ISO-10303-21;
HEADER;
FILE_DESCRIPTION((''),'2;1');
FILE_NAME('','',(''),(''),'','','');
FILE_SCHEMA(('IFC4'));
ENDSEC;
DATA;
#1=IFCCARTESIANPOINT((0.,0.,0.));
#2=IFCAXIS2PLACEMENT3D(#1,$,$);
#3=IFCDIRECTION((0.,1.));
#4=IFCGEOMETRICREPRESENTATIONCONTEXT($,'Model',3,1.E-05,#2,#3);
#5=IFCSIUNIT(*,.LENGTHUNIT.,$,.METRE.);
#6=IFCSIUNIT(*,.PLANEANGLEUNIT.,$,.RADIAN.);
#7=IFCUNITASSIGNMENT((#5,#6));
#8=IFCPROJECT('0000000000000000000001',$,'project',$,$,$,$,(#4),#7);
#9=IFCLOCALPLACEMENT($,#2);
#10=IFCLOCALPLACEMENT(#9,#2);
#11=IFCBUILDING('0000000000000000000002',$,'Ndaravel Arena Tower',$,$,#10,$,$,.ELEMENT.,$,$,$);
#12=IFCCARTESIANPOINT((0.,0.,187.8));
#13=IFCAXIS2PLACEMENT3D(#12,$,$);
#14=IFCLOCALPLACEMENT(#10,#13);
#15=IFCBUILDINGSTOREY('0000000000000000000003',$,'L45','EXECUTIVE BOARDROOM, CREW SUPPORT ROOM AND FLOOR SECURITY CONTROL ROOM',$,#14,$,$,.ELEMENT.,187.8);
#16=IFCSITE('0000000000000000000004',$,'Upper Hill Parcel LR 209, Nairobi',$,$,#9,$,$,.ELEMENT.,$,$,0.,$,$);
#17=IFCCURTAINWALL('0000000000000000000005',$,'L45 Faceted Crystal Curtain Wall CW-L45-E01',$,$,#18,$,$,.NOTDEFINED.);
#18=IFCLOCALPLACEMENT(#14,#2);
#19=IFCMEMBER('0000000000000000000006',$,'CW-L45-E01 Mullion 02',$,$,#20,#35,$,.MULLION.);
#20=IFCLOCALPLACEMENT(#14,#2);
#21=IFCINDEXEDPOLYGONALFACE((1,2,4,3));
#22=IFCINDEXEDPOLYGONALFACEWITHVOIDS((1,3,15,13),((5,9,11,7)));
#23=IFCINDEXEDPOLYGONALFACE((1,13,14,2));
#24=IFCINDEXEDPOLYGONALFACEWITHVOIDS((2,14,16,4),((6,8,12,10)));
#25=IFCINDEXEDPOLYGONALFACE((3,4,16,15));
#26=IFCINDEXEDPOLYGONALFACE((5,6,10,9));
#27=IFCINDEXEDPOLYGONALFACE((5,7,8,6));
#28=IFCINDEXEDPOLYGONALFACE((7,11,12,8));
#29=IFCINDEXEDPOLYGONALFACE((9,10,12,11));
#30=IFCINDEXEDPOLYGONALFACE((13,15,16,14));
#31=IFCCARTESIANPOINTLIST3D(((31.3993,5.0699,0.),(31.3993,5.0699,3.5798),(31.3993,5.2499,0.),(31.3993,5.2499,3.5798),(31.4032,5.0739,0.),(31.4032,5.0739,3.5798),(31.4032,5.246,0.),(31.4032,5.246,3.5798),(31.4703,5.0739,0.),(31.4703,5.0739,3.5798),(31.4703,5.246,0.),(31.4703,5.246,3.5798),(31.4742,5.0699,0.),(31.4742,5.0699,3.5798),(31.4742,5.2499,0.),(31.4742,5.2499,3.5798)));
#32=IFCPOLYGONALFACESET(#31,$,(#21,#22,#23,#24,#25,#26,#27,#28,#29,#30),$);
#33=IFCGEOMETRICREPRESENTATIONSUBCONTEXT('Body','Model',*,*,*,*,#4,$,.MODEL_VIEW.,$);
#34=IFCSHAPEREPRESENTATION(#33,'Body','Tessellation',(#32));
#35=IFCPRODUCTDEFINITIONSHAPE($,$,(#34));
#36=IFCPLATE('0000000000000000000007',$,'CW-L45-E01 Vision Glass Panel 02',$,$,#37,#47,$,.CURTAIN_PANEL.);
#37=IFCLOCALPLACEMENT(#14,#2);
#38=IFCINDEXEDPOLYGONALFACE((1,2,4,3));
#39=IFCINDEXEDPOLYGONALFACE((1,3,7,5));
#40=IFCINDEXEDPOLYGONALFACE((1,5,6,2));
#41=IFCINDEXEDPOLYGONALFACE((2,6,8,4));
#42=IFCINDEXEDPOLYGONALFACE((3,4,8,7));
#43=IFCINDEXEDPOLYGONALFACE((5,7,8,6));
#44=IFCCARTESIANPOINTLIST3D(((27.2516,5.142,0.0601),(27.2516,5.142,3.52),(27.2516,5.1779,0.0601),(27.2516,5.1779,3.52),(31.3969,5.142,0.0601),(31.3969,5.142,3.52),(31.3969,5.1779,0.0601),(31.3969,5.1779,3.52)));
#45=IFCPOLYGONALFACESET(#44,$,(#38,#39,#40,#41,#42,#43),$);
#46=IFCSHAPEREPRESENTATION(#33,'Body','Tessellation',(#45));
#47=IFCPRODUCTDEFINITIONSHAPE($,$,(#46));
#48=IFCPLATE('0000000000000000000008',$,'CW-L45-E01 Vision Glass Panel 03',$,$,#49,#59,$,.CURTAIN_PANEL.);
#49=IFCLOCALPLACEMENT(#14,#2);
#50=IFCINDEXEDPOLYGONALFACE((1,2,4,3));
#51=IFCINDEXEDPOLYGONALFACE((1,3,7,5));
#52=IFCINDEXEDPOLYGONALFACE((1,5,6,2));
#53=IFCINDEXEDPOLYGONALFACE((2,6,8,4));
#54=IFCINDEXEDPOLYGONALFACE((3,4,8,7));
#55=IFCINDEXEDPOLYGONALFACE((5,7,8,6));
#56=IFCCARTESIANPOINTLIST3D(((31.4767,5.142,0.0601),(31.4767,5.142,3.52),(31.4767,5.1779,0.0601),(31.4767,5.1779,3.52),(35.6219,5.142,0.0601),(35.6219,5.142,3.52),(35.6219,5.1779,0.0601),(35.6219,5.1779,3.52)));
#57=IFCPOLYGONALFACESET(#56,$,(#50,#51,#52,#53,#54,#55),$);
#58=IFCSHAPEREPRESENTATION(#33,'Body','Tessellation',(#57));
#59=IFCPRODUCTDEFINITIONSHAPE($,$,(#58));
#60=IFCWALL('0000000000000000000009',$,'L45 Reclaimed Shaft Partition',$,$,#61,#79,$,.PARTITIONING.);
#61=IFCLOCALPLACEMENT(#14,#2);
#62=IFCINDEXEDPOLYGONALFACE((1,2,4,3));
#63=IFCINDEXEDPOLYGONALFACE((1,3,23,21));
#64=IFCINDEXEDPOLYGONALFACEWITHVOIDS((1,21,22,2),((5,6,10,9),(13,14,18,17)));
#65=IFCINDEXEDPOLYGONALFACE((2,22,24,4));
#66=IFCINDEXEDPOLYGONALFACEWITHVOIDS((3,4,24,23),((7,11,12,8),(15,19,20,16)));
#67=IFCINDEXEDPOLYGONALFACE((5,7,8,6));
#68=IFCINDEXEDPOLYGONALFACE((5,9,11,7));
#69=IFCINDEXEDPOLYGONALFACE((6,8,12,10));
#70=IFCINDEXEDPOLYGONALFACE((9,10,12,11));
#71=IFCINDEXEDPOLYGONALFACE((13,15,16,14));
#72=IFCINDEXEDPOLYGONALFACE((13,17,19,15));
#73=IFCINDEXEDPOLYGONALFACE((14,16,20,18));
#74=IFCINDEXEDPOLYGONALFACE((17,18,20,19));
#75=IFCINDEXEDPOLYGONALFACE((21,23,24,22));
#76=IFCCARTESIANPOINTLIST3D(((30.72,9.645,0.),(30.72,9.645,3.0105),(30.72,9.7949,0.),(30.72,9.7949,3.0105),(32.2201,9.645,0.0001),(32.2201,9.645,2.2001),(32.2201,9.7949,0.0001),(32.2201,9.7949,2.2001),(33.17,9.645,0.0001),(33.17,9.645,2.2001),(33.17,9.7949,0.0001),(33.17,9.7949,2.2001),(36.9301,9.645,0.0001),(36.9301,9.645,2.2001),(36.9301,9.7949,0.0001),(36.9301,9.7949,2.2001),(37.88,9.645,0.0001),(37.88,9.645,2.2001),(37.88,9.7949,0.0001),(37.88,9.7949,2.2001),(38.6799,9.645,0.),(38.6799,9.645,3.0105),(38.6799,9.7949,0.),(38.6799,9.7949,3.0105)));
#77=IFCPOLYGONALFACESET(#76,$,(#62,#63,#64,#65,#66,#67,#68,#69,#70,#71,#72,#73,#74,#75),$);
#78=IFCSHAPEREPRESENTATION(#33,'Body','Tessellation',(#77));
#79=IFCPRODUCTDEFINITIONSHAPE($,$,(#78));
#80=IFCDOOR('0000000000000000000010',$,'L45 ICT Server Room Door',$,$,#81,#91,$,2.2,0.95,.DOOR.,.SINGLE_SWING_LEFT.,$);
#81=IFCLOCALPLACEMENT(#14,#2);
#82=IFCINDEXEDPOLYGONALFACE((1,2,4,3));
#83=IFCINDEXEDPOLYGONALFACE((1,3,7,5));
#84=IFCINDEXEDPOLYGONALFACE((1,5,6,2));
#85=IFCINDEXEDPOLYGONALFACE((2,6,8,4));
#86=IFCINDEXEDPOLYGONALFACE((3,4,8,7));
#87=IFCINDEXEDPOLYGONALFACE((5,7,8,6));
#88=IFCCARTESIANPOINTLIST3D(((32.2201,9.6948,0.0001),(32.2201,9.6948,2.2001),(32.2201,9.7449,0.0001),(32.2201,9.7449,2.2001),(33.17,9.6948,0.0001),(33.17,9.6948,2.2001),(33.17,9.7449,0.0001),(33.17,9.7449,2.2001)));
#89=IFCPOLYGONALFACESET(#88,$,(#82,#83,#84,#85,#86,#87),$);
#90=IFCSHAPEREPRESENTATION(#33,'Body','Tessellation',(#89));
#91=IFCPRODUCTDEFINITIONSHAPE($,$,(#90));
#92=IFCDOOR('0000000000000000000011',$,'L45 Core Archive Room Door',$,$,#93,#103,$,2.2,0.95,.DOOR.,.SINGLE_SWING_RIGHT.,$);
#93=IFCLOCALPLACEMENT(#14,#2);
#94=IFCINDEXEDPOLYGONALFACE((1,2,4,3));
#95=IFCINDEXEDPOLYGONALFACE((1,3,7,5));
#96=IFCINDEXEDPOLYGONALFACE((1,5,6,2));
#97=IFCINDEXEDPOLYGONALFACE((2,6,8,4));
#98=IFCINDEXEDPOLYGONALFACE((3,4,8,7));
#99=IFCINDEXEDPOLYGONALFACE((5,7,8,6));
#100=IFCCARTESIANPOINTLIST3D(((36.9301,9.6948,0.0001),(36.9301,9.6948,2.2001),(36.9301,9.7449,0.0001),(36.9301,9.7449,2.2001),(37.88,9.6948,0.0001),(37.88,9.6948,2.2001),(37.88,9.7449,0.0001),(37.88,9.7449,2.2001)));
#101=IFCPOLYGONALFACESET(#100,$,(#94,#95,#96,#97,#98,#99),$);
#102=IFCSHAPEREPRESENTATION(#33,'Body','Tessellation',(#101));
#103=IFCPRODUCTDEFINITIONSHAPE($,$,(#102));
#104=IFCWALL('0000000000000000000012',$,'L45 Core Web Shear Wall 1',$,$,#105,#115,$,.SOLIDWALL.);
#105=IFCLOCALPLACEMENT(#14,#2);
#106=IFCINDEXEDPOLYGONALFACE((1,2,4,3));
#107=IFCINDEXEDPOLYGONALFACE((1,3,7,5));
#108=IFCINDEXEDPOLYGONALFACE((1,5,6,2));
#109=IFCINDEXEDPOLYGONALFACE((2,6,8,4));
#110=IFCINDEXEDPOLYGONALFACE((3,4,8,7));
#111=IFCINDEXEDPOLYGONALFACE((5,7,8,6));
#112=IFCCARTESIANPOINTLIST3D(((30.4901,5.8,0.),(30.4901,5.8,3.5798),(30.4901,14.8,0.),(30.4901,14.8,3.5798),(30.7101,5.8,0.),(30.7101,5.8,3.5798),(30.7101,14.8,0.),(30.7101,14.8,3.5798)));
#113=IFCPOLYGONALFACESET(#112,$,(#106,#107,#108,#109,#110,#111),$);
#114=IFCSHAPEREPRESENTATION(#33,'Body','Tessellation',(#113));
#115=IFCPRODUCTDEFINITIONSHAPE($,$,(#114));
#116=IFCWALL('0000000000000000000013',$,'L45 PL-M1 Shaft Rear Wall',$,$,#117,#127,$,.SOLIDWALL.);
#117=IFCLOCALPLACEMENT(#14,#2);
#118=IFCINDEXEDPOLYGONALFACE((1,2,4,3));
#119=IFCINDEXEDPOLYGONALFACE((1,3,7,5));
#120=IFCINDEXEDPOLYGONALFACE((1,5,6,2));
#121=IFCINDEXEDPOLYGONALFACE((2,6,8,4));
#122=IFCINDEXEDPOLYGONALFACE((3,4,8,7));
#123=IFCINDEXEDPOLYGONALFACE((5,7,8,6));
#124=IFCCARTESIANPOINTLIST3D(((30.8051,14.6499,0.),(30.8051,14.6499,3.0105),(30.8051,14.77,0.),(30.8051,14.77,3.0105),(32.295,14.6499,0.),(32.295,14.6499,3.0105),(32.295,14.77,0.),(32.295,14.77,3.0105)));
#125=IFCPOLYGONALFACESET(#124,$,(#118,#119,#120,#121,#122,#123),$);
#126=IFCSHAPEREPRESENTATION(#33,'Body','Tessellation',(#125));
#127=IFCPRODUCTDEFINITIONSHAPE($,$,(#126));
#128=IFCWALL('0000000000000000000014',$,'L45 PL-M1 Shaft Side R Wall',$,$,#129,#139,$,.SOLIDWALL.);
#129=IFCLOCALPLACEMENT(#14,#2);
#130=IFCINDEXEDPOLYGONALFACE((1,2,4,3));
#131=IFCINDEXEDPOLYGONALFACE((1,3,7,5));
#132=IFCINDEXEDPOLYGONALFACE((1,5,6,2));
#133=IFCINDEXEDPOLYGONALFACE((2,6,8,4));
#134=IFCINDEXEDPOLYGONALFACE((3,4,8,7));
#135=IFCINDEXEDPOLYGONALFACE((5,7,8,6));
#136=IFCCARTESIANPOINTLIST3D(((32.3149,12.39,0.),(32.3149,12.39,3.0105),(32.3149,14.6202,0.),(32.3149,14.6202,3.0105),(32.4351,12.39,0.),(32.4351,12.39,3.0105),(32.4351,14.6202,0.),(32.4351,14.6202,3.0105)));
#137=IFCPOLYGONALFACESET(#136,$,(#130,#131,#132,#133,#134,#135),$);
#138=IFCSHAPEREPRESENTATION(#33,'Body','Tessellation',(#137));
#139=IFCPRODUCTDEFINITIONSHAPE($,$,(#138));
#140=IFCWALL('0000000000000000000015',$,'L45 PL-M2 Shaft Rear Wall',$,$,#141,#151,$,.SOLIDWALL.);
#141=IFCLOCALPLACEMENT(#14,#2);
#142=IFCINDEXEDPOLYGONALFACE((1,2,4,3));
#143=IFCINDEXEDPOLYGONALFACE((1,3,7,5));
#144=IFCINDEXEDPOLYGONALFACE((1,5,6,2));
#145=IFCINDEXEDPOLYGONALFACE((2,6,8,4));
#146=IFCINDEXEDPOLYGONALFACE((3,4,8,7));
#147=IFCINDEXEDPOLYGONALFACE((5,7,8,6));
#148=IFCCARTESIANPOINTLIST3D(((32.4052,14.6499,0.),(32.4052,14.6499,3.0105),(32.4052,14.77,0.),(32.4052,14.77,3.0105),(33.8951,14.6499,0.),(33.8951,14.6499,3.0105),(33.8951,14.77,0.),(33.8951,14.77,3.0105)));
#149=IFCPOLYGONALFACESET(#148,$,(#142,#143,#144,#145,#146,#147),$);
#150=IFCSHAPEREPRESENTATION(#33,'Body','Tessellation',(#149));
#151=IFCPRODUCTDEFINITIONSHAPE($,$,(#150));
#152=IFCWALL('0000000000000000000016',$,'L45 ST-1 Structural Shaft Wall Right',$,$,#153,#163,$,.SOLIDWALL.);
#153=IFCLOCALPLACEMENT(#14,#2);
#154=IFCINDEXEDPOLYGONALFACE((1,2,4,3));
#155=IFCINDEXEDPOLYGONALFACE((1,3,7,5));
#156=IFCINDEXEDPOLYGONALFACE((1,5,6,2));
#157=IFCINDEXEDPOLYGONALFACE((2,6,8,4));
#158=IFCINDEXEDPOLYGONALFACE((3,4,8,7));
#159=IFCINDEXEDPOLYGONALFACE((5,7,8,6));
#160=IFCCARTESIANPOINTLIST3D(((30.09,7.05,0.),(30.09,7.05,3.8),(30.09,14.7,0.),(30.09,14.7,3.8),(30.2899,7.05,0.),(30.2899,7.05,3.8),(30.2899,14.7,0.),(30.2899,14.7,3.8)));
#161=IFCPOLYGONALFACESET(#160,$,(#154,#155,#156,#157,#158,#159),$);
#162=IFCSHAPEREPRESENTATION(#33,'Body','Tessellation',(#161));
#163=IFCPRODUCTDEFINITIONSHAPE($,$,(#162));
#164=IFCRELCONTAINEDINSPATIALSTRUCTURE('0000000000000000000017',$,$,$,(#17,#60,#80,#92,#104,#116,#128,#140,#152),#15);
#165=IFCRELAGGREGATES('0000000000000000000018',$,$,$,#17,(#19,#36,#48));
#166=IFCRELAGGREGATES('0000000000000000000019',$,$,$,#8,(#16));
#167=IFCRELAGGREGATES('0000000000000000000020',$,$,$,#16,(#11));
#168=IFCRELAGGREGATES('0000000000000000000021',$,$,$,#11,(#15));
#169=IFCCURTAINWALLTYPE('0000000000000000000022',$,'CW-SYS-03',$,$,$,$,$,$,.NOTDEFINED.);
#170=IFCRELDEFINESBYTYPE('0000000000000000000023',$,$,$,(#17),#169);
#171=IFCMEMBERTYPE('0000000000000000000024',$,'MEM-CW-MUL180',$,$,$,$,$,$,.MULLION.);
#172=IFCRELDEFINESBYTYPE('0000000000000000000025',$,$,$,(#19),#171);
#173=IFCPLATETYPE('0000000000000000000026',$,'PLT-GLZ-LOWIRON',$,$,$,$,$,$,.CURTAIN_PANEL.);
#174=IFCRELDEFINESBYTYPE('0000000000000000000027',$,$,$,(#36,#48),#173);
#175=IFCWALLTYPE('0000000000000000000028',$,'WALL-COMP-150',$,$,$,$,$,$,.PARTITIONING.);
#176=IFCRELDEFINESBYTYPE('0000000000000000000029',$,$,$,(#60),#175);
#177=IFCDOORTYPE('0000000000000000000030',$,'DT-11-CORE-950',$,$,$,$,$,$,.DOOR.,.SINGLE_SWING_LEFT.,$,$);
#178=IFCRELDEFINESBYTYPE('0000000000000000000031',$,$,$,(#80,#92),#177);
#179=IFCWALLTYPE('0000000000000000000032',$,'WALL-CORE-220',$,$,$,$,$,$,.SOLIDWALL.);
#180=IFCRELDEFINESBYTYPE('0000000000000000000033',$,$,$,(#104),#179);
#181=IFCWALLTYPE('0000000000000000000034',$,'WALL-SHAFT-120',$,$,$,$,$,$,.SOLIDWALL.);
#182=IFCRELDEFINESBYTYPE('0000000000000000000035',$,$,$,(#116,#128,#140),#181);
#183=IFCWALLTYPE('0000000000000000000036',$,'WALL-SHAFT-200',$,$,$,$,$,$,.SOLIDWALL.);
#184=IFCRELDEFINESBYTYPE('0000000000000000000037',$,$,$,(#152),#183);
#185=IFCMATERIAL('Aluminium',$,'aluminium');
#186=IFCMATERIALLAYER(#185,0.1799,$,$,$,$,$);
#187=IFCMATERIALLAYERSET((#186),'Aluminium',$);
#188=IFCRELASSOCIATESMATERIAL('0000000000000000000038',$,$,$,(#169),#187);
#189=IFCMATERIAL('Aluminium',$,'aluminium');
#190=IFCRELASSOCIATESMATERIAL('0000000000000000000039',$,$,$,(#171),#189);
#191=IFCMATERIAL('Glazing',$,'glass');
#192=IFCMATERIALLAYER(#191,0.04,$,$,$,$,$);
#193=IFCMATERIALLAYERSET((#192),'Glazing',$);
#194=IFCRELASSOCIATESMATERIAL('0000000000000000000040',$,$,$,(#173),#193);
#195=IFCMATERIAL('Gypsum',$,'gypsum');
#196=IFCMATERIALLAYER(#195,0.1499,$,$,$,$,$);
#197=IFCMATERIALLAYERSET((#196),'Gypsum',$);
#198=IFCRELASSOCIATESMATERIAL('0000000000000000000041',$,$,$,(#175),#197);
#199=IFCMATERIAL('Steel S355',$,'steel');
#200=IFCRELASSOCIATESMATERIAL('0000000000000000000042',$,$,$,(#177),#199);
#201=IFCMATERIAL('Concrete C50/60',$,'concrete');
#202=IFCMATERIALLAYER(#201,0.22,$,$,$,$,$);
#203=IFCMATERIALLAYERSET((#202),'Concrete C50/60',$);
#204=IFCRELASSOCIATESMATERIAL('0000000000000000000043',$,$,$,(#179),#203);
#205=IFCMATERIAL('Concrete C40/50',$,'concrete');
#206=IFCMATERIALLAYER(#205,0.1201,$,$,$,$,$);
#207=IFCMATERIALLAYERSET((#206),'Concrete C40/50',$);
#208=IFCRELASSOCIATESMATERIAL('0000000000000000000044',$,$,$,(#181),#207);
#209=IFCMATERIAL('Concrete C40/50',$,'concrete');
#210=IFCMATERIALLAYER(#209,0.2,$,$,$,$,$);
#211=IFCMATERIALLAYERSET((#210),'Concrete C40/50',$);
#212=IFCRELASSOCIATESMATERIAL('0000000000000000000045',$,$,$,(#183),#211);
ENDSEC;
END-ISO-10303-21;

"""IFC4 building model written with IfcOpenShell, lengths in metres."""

from ifc_helpers import new_model, si_unit, direction, frame, frame_2d, origin, origin_2d, place, context, subcontext, project, spatial, rectangle, hollow_rectangle, extrude, material, layer, layer_set, material_profile, profile_set, type_object, element, fill, aggregate, save


model = new_model("IFC4")

# Units and contexts
model_context = context("Model", 3, precision=1e-05, world=origin(), true_north=direction((0.0, 1.0)))
body_context = subcontext(model_context, "Body", "Model", "MODEL_VIEW")
ifc_project = project(units=[si_unit("LENGTHUNIT", "METRE"), si_unit("PLANEANGLEUNIT", "RADIAN")], contexts=[model_context])

# Site, building, storey
site_placement = place(None, origin())
site = spatial("IfcSite", under=ifc_project, at=site_placement, Name="Upper Hill Parcel LR 209, Nairobi", CompositionType="ELEMENT", RefElevation=0.0)
building_placement = place(site_placement, origin())
building = spatial("IfcBuilding", under=site, at=building_placement, Name="Ndaravel Arena Tower", CompositionType="ELEMENT")
storey_placement = place(building_placement, frame((0.0, 0.0, 187.8)))
storey = spatial("IfcBuildingStorey", under=building, at=storey_placement, Name="L45", Description="EXECUTIVE BOARDROOM, CREW SUPPORT ROOM AND FLOOR SECURITY CONTROL ROOM", CompositionType="ELEMENT", Elevation=187.8)

# Curtain wall, member, plates
ifc_material_1 = material(Name="Aluminium", Category="aluminium")
ifc_layer_1 = layer(ifc_material_1, 0.1799)
ifc_layer_set_1 = layer_set([ifc_layer_1], Name="Aluminium")
curtain_wall_type = type_object("IfcCurtainWallType", Name="CW-SYS-03", PredefinedType="NOTDEFINED", material=ifc_layer_set_1)
curtain_wall_placement = place(storey_placement, origin())
curtain_wall = element("IfcCurtainWall", 1, at=curtain_wall_placement, inside=storey, type_object=curtain_wall_type, Name="L45 Faceted Crystal Curtain Wall CW-L45-E01", PredefinedType="NOTDEFINED")
ifc_material_2 = material(Name="Aluminium", Category="aluminium")
ifc_material_profile = material_profile(ifc_material_2, hollow_rectangle(XDim=0.075, YDim=0.1799, WallThickness=0.0039, at=origin_2d()), Name="CW MULLION 75x180x4")
ifc_profile_set = profile_set([ifc_material_profile], Name="Aluminium")
member_type = type_object("IfcMemberType", Name="MEM-CW-MUL180", PredefinedType="MULLION", material=ifc_profile_set)
member_placement = place(storey_placement, frame((31.4368, 5.1599, 0.0), z_axis=(0.0, 0.0, 1.0), x_axis=(1.0, 0.0, 0.0)))
member = element("IfcMember", 2, at=member_placement, type_object=member_type, Name="CW-L45-E01 Mullion 02", PredefinedType="MULLION", context=body_context, shape_type="SweptSolid", body=[
    extrude(hollow_rectangle(XDim=0.075, YDim=0.1799, WallThickness=0.0039, at=origin_2d()), origin(), (0.0, 0.0, 1.0), 3.5798),
])
ifc_material_3 = material(Name="Glazing", Category="glass")
ifc_layer_2 = layer(ifc_material_3, 0.04)
ifc_layer_set_2 = layer_set([ifc_layer_2], Name="Glazing")
plate_type = type_object("IfcPlateType", Name="PLT-GLZ-LOWIRON", PredefinedType="CURTAIN_PANEL", material=ifc_layer_set_2)
plate_1_placement = place(storey_placement, frame((29.3242, 5.1599, 0.0601), z_axis=(0.0, 0.0, 1.0), x_axis=(1.0, 0.0, 0.0)))
plate_1 = element("IfcPlate", 3, at=plate_1_placement, type_object=plate_type, Name="CW-L45-E01 Vision Glass Panel 02", PredefinedType="CURTAIN_PANEL", context=body_context, shape_type="SweptSolid", body=[
    extrude(rectangle(XDim=4.1453, YDim=0.0359, at=origin_2d()), origin(), (0.0, 0.0, 1.0), 3.46),
])
plate_2_placement = place(storey_placement, frame((33.5493, 5.1599, 0.0601), z_axis=(0.0, 0.0, 1.0), x_axis=(1.0, 0.0, 0.0)))
plate_2 = element("IfcPlate", 4, at=plate_2_placement, type_object=plate_type, Name="CW-L45-E01 Vision Glass Panel 03", PredefinedType="CURTAIN_PANEL", context=body_context, shape_type="SweptSolid", body=[
    extrude(rectangle(XDim=4.1453, YDim=0.0359, at=origin_2d()), origin(), (0.0, 0.0, 1.0), 3.46),
])
aggregate(curtain_wall, [member, plate_1, plate_2])

# Wall, openings, doors
ifc_material_4 = material(Name="Gypsum", Category="gypsum")
ifc_layer_3 = layer(ifc_material_4, 0.1499)
ifc_layer_set_3 = layer_set([ifc_layer_3], Name="Gypsum")
wall_type_1 = type_object("IfcWallType", Name="WALL-COMP-150", PredefinedType="PARTITIONING", material=ifc_layer_set_3)
wall_1_placement = place(storey_placement, frame((30.72, 9.72, 0.0), z_axis=(0.0, 0.0, 1.0), x_axis=(1.0, 0.0, 0.0)))
wall_1 = element("IfcWall", 5, at=wall_1_placement, inside=storey, type_object=wall_type_1, Name="L45 Reclaimed Shaft Partition", PredefinedType="PARTITIONING", context=body_context, shape_type="SweptSolid", body=[
    extrude(rectangle(XDim=7.96, YDim=0.1499, at=frame_2d((3.98, 0.0))), origin(), (0.0, 0.0, 1.0), 3.0105),
])
opening_1_placement = place(wall_1_placement, frame((1.5, 0.0, 0.0)))
opening_1 = element("IfcOpeningElement", 6, at=opening_1_placement, cuts=wall_1, PredefinedType="OPENING", context=body_context, shape_type="SweptSolid", body=[
    extrude(rectangle(XDim=0.95, YDim=2.2, at=frame_2d((0.4751, 1.1001))), frame((0.0, 0.075, 0.0), z_axis=(0.0, -1.0, 0.0), x_axis=(1.0, 0.0, 0.0)), (0.0, 0.0, 1.0), 0.1499),
])
opening_2_placement = place(wall_1_placement, frame((6.21, 0.0, 0.0)))
opening_2 = element("IfcOpeningElement", 7, at=opening_2_placement, cuts=wall_1, PredefinedType="OPENING", context=body_context, shape_type="SweptSolid", body=[
    extrude(rectangle(XDim=0.95, YDim=2.2, at=frame_2d((0.4751, 1.1001))), frame((0.0, 0.075, 0.0), z_axis=(0.0, -1.0, 0.0), x_axis=(1.0, 0.0, 0.0)), (0.0, 0.0, 1.0), 0.1499),
])
ifc_material_5 = material(Name="Steel S355", Category="steel")
door_type_1 = type_object("IfcDoorType", Name="DT-11-CORE-950", OperationType="SINGLE_SWING_LEFT", PredefinedType="DOOR", material=ifc_material_5)
door_1_placement = place(opening_1_placement, origin())
door_1 = element("IfcDoor", 8, at=door_1_placement, inside=storey, type_object=door_type_1, Name="L45 ICT Server Room Door", OperationType="SINGLE_SWING_LEFT", OverallHeight=2.2, OverallWidth=0.95, PredefinedType="DOOR", context=body_context, shape_type="SweptSolid", body=[
    extrude(rectangle(XDim=0.95, YDim=2.2, at=frame_2d((0.4751, 1.1001))), frame((0.0, 0.0249, 0.0), z_axis=(0.0, -1.0, 0.0), x_axis=(1.0, 0.0, 0.0)), (0.0, 0.0, 1.0), 0.05),
])
fill(opening_1, door_1)
door_2_placement = place(opening_2_placement, origin())
door_2 = element("IfcDoor", 9, at=door_2_placement, inside=storey, type_object=door_type_1, Name="L45 Core Archive Room Door", OperationType="SINGLE_SWING_RIGHT", OverallHeight=2.2, OverallWidth=0.95, PredefinedType="DOOR", context=body_context, shape_type="SweptSolid", body=[
    extrude(rectangle(XDim=0.95, YDim=2.2, at=frame_2d((0.4751, 1.1001))), frame((0.0, 0.0249, 0.0), z_axis=(0.0, -1.0, 0.0), x_axis=(1.0, 0.0, 0.0)), (0.0, 0.0, 1.0), 0.05),
])
fill(opening_2, door_2)

# Walls
ifc_material_6 = material(Name="Concrete C50/60", Category="concrete")
ifc_layer_4 = layer(ifc_material_6, 0.22)
ifc_layer_set_4 = layer_set([ifc_layer_4], Name="Concrete C50/60")
wall_type_2 = type_object("IfcWallType", Name="WALL-CORE-220", PredefinedType="SOLIDWALL", material=ifc_layer_set_4)
wall_2_placement = place(storey_placement, frame((30.6001, 5.8, 0.0), z_axis=(0.0, 0.0, 1.0), x_axis=(0.0, 1.0, 0.0)))
element("IfcWall", 10, at=wall_2_placement, inside=storey, type_object=wall_type_2, Name="L45 Core Web Shear Wall 1", PredefinedType="SOLIDWALL", context=body_context, shape_type="SweptSolid", body=[
    extrude(rectangle(XDim=9.0, YDim=0.22, at=frame_2d((4.5, 0.0))), origin(), (0.0, 0.0, 1.0), 3.5798),
])
ifc_material_7 = material(Name="Concrete C40/50", Category="concrete")
ifc_layer_5 = layer(ifc_material_7, 0.1201)
ifc_layer_set_5 = layer_set([ifc_layer_5], Name="Concrete C40/50")
wall_type_3 = type_object("IfcWallType", Name="WALL-SHAFT-120", PredefinedType="SOLIDWALL", material=ifc_layer_set_5)
wall_3_placement = place(storey_placement, frame((30.8049, 14.71, 0.0), z_axis=(0.0, 0.0, 1.0), x_axis=(1.0, 0.0, 0.0)))
element("IfcWall", 11, at=wall_3_placement, inside=storey, type_object=wall_type_3, Name="L45 PL-M1 Shaft Rear Wall", PredefinedType="SOLIDWALL", context=body_context, shape_type="SweptSolid", body=[
    extrude(rectangle(XDim=1.49, YDim=0.1201, at=frame_2d((0.7451, 0.0))), origin(), (0.0, 0.0, 1.0), 3.0105),
])
wall_4_placement = place(storey_placement, frame((32.375, 12.3899, 0.0), z_axis=(0.0, 0.0, 1.0), x_axis=(0.0, 1.0, 0.0)))
element("IfcWall", 12, at=wall_4_placement, inside=storey, type_object=wall_type_3, Name="L45 PL-M1 Shaft Side R Wall", PredefinedType="SOLIDWALL", context=body_context, shape_type="SweptSolid", body=[
    extrude(rectangle(XDim=2.2302, YDim=0.1201, at=frame_2d((1.1152, 0.0))), origin(), (0.0, 0.0, 1.0), 3.0105),
])
wall_5_placement = place(storey_placement, frame((32.405, 14.71, 0.0), z_axis=(0.0, 0.0, 1.0), x_axis=(1.0, 0.0, 0.0)))
element("IfcWall", 13, at=wall_5_placement, inside=storey, type_object=wall_type_3, Name="L45 PL-M2 Shaft Rear Wall", PredefinedType="SOLIDWALL", context=body_context, shape_type="SweptSolid", body=[
    extrude(rectangle(XDim=1.49, YDim=0.1201, at=frame_2d((0.7451, 0.0))), origin(), (0.0, 0.0, 1.0), 3.0105),
])
ifc_material_8 = material(Name="Concrete C40/50", Category="concrete")
ifc_layer_6 = layer(ifc_material_8, 0.2)
ifc_layer_set_6 = layer_set([ifc_layer_6], Name="Concrete C40/50")
wall_type_4 = type_object("IfcWallType", Name="WALL-SHAFT-200", PredefinedType="SOLIDWALL", material=ifc_layer_set_6)
wall_6_placement = place(storey_placement, frame((30.1899, 14.7, 0.0), z_axis=(0.0, 0.0, 1.0), x_axis=(0.0, -1.0, 0.0)))
element("IfcWall", 14, at=wall_6_placement, inside=storey, type_object=wall_type_4, Name="L45 ST-1 Structural Shaft Wall Right", PredefinedType="SOLIDWALL", context=body_context, shape_type="SweptSolid", body=[
    extrude(rectangle(XDim=7.6499, YDim=0.2, at=frame_2d((3.825, 0.0))), origin(), (0.0, 0.0, 1.0), 3.8),
])

save(model, "model.ifc")
